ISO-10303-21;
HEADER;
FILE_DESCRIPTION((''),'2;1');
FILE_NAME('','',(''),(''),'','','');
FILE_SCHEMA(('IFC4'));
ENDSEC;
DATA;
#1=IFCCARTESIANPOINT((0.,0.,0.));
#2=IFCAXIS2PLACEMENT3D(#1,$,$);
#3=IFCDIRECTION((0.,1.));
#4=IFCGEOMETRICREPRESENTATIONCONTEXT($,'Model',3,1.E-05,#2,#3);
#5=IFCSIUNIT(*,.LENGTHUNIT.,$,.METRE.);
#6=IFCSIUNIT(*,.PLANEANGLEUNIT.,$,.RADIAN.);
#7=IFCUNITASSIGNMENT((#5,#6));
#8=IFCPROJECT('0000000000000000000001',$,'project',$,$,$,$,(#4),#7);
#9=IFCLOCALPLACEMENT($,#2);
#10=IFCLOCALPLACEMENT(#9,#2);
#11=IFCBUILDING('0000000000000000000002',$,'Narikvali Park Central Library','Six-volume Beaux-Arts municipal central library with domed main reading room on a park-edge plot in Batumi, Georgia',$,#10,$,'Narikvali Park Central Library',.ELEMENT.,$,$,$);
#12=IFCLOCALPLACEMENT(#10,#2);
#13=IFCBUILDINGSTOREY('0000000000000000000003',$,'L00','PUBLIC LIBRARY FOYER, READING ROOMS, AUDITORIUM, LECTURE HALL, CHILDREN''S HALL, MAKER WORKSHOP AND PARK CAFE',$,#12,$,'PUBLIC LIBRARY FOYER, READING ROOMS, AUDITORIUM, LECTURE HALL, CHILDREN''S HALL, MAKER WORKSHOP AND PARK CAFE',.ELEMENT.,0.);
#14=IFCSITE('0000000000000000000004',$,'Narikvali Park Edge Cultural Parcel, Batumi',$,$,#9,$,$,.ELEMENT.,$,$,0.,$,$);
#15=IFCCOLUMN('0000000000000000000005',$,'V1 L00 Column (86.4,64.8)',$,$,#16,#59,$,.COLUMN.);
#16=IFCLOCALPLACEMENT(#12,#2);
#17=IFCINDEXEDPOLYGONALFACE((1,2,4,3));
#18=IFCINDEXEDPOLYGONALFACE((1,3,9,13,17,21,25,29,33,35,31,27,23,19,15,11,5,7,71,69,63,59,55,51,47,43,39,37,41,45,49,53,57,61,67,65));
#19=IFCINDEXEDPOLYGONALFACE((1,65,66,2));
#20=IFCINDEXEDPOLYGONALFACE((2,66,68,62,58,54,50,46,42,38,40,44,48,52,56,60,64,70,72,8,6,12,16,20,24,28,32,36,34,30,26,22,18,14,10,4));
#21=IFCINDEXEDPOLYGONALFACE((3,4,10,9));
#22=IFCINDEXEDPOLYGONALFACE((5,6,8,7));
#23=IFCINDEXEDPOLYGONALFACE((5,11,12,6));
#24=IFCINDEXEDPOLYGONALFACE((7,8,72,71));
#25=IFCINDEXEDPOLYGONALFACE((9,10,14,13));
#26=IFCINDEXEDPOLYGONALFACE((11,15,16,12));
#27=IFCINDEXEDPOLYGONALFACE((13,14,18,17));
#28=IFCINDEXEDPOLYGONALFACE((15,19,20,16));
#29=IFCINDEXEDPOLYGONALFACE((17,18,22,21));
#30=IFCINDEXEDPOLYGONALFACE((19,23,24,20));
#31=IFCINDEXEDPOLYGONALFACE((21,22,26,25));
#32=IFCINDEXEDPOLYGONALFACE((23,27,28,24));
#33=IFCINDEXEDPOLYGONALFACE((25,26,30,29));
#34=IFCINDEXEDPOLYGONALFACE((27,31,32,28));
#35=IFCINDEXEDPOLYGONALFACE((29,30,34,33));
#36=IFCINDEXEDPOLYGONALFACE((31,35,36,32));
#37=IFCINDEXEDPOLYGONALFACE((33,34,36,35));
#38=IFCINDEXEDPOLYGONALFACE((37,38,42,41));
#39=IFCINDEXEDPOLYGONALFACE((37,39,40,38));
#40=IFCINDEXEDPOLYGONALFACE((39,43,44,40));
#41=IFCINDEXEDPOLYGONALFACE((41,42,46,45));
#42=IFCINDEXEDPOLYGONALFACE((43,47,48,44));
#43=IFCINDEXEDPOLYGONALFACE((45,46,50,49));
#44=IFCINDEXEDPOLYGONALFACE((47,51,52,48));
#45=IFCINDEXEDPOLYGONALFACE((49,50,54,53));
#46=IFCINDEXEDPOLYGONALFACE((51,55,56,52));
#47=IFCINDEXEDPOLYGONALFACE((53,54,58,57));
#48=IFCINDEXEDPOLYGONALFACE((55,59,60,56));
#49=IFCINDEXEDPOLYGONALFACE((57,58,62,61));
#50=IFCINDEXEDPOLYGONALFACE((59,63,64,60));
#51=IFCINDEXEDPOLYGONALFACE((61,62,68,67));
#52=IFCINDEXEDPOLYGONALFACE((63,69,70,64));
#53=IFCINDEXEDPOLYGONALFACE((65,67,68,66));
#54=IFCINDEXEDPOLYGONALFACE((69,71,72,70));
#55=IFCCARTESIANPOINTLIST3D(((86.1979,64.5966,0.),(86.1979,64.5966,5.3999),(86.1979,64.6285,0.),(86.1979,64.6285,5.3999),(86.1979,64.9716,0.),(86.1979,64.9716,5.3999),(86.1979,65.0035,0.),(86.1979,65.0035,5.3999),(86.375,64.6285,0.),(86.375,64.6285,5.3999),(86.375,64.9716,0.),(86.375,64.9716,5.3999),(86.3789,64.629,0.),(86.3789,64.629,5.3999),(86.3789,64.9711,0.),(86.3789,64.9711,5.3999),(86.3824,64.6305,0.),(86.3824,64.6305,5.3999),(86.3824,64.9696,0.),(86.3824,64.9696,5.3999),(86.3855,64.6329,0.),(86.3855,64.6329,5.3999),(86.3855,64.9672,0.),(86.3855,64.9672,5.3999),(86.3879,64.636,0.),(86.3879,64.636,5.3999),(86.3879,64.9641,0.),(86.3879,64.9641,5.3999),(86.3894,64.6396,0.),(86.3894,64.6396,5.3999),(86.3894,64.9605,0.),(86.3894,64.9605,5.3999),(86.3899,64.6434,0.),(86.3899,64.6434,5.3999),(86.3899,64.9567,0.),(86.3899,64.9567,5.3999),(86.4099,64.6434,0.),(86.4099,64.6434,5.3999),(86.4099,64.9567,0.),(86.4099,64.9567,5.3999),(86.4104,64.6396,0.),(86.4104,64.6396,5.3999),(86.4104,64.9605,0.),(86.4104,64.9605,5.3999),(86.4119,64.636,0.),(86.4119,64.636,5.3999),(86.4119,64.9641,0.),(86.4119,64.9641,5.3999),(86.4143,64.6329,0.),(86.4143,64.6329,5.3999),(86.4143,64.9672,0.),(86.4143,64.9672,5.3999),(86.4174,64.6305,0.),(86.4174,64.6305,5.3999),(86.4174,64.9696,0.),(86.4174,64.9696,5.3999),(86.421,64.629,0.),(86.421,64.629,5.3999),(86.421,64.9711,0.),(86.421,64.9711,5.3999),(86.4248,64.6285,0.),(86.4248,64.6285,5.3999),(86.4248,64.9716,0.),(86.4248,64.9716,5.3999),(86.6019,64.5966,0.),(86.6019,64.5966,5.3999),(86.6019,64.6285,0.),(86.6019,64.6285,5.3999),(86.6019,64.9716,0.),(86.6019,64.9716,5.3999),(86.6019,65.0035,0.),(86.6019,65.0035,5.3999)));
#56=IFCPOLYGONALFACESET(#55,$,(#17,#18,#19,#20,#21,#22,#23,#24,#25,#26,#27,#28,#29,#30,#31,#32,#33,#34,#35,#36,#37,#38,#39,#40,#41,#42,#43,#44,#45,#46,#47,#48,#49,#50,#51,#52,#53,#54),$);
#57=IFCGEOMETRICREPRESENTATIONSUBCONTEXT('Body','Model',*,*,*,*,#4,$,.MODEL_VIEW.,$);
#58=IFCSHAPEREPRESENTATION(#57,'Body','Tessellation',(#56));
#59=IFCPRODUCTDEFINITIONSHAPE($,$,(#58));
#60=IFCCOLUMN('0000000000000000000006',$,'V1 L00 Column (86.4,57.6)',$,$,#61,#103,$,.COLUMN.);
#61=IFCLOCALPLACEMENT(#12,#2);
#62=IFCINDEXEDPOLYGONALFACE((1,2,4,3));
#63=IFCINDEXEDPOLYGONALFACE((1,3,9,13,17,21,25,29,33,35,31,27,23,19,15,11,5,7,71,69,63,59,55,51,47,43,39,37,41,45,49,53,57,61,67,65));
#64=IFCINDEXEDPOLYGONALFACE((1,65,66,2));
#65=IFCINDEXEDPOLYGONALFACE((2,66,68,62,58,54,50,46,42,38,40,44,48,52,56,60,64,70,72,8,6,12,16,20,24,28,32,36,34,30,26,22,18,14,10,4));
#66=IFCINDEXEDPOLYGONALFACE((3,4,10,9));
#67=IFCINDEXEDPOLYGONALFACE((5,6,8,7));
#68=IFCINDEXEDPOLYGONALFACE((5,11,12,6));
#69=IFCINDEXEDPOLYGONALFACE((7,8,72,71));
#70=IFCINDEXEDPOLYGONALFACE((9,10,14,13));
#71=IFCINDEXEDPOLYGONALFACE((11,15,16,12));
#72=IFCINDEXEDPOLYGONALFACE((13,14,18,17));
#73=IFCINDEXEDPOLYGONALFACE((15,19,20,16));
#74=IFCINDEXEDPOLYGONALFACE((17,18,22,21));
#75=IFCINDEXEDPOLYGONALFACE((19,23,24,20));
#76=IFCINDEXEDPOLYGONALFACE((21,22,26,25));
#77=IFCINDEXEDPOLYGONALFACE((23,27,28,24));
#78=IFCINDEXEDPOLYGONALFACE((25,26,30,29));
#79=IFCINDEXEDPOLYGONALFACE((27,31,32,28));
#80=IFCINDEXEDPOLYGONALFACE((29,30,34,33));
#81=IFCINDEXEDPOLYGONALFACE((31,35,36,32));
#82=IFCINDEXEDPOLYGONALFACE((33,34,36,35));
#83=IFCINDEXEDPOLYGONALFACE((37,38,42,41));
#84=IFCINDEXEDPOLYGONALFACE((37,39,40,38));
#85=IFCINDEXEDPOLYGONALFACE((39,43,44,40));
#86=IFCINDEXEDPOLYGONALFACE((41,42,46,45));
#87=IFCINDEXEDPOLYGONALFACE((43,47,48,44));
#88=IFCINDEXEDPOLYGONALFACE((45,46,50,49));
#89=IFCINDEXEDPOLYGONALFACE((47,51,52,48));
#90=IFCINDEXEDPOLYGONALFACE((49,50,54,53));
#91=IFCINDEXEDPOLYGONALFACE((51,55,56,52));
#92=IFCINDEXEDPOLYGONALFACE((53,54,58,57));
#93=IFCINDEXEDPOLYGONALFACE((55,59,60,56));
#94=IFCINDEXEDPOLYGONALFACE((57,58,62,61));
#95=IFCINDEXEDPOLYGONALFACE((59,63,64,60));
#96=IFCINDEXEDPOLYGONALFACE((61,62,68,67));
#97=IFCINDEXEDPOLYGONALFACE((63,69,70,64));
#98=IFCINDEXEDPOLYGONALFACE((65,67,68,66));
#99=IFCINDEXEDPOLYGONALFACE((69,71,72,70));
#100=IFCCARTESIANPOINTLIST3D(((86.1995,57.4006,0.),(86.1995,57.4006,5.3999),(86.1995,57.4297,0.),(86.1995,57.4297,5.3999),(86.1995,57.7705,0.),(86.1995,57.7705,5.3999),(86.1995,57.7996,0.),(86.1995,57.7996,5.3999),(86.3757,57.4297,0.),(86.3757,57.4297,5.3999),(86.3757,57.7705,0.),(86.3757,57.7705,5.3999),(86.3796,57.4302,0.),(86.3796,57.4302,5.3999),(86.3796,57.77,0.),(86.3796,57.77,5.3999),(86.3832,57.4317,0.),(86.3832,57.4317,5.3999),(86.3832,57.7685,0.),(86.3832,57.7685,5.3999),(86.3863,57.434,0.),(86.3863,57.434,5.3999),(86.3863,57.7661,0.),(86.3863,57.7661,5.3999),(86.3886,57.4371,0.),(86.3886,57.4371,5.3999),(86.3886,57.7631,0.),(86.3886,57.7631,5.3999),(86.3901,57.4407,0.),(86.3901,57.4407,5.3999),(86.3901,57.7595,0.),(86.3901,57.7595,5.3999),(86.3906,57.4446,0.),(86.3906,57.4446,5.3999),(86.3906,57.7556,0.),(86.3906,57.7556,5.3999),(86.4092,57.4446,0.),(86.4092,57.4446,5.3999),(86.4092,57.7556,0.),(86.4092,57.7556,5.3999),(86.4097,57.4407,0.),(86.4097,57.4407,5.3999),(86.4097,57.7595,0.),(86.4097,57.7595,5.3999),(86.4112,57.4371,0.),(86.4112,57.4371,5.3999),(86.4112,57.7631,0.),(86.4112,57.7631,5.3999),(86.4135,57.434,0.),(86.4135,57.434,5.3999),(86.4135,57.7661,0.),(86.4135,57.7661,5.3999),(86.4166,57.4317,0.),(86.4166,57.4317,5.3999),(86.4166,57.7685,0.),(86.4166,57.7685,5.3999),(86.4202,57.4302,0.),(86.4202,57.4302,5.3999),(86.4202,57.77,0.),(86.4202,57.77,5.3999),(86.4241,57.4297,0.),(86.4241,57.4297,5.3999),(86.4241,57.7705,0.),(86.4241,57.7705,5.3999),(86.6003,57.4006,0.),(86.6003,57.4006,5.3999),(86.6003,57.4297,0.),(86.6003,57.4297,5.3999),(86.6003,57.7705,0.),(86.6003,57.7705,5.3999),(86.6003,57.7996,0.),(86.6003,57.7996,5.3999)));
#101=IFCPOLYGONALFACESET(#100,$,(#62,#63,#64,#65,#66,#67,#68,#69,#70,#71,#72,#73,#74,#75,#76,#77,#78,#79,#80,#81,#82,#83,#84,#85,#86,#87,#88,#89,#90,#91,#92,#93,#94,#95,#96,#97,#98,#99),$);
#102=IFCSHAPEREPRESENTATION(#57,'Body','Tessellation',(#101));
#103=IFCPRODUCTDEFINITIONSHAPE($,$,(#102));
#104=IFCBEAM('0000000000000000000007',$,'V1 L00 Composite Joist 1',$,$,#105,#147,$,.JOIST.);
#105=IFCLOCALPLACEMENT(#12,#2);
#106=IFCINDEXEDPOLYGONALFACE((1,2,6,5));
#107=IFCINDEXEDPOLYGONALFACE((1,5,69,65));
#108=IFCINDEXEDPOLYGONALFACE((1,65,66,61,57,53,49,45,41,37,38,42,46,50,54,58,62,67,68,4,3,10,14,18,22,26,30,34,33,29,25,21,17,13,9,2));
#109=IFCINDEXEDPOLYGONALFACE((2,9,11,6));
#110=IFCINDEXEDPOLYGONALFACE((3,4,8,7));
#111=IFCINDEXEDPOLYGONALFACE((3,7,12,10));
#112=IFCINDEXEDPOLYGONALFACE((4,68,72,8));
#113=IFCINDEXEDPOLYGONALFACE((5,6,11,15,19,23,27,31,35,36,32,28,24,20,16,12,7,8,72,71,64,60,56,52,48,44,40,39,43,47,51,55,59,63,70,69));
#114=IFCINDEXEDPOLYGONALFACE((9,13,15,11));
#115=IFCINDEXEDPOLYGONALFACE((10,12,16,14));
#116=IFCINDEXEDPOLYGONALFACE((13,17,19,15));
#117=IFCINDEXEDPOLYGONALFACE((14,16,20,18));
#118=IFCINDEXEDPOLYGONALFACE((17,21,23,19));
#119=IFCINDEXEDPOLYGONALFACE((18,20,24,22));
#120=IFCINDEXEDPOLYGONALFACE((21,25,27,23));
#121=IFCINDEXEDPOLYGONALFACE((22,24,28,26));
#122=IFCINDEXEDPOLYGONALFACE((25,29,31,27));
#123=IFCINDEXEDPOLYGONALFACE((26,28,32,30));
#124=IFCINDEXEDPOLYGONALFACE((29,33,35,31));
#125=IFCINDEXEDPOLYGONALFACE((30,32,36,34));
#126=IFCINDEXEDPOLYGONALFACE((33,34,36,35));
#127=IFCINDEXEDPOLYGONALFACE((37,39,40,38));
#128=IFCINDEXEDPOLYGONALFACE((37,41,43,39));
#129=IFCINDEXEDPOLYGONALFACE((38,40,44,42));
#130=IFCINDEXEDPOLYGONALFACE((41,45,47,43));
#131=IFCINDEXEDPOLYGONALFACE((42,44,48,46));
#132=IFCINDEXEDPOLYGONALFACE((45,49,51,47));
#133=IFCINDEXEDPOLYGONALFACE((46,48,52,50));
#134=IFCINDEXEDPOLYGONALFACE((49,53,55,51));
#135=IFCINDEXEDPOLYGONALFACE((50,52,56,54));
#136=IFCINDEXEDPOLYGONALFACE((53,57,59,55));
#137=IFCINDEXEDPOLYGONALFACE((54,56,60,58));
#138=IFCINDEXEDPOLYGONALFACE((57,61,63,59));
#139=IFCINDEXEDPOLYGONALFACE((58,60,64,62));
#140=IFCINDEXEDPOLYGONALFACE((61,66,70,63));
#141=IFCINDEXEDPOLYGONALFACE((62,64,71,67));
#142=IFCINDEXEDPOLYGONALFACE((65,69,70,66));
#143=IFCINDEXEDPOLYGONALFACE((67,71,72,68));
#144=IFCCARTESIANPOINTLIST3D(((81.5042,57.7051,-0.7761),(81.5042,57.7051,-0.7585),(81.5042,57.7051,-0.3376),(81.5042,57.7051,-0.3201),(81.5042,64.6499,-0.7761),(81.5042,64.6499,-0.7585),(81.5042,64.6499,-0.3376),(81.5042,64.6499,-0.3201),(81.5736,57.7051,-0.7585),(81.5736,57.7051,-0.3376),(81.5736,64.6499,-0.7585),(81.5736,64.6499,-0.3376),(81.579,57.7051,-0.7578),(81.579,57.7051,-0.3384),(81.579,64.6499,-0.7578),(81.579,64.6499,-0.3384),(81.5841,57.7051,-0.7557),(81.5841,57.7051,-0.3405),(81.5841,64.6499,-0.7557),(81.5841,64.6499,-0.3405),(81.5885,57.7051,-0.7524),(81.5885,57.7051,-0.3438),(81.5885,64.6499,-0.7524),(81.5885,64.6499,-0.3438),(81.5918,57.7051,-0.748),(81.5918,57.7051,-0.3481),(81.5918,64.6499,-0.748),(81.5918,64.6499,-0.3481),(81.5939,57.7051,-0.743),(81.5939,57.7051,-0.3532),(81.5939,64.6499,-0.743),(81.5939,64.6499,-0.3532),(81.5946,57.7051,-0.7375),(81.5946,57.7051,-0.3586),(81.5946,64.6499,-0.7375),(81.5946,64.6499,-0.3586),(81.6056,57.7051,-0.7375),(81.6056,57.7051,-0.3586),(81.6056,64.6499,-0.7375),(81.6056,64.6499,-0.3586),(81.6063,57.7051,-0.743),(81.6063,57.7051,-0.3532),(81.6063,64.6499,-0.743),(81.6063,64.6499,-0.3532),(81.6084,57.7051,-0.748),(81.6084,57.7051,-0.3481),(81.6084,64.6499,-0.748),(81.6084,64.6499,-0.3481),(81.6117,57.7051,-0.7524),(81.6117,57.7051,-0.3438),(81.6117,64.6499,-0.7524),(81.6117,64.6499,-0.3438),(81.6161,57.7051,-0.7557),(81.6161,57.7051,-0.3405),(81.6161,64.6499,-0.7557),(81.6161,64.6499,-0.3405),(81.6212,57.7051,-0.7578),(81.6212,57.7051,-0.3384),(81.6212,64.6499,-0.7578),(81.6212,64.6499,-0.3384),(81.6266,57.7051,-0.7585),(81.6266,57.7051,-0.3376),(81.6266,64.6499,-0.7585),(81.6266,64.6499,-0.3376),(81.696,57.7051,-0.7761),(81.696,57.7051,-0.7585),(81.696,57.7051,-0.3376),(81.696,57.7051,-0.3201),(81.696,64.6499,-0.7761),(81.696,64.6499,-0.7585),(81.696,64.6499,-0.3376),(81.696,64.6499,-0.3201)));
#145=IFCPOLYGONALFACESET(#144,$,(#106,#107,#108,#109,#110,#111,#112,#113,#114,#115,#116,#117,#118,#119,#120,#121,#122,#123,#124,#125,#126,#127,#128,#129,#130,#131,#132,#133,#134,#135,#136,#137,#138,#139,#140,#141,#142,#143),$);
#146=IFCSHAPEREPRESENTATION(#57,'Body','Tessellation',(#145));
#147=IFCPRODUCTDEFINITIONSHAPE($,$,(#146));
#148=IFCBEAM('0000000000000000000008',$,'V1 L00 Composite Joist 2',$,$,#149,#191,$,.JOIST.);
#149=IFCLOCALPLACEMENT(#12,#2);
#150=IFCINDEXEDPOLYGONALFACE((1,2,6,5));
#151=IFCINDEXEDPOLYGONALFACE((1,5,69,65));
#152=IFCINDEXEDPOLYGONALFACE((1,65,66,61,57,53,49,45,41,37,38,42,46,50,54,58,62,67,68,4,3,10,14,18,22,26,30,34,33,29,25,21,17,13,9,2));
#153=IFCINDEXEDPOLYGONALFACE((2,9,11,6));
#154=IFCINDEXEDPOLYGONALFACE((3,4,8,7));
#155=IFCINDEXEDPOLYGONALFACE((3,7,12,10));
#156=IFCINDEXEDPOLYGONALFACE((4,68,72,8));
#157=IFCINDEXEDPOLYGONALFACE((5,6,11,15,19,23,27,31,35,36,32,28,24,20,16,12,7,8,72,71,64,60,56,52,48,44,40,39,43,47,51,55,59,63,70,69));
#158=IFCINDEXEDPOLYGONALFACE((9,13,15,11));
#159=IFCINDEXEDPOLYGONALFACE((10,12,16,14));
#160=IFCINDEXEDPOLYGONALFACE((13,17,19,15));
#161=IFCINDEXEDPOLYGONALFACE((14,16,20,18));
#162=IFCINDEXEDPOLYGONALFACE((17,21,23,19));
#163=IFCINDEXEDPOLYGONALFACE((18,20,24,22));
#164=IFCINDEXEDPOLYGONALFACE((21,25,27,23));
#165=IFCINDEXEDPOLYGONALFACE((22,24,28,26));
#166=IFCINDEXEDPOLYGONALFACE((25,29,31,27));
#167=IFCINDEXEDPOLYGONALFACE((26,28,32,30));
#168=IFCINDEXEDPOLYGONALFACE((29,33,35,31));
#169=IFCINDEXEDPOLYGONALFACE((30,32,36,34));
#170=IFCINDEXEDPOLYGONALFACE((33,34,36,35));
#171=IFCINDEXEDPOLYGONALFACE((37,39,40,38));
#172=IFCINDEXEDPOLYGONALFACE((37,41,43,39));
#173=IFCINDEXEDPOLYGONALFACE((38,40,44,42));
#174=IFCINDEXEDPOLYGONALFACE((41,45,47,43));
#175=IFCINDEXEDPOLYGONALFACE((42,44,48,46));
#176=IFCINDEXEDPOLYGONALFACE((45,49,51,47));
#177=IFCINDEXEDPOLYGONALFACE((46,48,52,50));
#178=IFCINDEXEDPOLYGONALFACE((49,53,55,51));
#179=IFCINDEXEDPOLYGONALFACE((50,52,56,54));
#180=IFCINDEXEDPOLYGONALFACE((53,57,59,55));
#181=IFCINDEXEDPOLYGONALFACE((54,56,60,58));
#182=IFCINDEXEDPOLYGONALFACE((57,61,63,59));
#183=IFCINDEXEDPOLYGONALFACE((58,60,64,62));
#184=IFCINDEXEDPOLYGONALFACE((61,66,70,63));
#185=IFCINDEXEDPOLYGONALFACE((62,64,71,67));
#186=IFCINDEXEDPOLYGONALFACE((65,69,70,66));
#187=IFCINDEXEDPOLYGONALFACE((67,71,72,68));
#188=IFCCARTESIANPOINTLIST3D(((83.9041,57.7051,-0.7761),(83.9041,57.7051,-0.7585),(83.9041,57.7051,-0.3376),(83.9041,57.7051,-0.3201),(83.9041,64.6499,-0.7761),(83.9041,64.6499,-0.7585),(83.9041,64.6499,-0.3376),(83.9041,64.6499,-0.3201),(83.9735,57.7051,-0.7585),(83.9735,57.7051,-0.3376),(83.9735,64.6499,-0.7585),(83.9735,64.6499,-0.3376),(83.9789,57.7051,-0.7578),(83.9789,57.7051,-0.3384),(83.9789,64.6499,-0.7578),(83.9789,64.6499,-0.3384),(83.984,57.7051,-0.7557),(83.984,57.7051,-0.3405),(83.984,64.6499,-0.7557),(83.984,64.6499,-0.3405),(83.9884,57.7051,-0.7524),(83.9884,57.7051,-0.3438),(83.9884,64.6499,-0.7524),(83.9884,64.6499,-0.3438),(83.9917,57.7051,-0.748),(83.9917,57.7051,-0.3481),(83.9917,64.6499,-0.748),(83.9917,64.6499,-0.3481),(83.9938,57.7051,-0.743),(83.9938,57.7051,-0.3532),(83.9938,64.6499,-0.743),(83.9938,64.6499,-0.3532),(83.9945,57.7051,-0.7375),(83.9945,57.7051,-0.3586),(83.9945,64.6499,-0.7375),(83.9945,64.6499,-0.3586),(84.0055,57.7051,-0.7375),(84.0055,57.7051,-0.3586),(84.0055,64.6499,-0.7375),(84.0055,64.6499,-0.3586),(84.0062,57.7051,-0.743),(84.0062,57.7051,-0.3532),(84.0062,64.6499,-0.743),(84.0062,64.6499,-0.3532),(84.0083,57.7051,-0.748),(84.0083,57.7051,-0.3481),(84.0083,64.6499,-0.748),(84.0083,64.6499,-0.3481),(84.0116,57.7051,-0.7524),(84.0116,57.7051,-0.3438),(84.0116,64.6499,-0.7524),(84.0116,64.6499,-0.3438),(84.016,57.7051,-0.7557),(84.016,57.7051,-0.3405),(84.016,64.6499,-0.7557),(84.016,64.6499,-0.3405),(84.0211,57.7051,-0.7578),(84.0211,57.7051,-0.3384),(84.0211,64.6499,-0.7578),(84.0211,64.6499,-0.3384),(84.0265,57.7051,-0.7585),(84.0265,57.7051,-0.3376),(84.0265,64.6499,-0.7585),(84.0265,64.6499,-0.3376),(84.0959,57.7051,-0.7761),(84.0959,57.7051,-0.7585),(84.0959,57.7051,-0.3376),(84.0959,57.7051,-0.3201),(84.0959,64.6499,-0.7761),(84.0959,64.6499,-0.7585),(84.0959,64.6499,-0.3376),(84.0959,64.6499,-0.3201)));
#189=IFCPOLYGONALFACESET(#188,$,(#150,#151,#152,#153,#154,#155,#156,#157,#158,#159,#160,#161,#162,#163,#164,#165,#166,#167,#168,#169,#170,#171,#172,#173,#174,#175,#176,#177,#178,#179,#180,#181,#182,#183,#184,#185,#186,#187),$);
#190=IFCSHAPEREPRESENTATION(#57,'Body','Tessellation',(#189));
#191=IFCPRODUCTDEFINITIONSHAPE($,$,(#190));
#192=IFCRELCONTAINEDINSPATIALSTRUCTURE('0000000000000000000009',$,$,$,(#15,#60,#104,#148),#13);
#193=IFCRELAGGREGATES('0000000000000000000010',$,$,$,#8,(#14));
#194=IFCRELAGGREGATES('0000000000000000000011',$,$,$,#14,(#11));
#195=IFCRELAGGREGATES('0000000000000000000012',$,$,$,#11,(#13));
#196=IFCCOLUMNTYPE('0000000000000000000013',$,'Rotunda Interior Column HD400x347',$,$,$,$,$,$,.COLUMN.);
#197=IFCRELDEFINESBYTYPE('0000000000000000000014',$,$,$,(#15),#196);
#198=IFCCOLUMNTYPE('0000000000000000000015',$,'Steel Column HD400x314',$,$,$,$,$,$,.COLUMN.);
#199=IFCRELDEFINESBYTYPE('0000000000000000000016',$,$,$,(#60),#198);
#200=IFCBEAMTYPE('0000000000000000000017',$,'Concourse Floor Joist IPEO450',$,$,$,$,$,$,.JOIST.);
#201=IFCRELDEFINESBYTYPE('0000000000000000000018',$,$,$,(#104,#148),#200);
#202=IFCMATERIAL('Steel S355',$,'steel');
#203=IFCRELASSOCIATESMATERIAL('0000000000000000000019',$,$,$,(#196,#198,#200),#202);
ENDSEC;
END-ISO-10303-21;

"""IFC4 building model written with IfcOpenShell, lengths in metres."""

from ifc_helpers import new_model, si_unit, direction, frame, origin, origin_2d, place, context, subcontext, project, spatial, i_section, extrude, material, material_profile, profile_set, type_object, element, save


model = new_model("IFC4")

# Units and contexts
model_context = context("Model", 3, precision=1e-05, world=origin(), true_north=direction((0.0, 1.0)))
body_context = subcontext(model_context, "Body", "Model", "MODEL_VIEW")
ifc_project = project(units=[si_unit("LENGTHUNIT", "METRE"), si_unit("PLANEANGLEUNIT", "RADIAN")], contexts=[model_context])

# Site, building, storey
site_placement = place(None, origin())
site = spatial("IfcSite", under=ifc_project, at=site_placement, Name="Narikvali Park Edge Cultural Parcel, Batumi", CompositionType="ELEMENT", RefElevation=0.0)
building_placement = place(site_placement, origin())
building = spatial("IfcBuilding", under=site, at=building_placement, Name="Narikvali Park Central Library", Description="Six-volume Beaux-Arts municipal central library with domed main reading room on a park-edge plot in Batumi, Georgia", LongName="Narikvali Park Central Library", CompositionType="ELEMENT")
storey_placement = place(building_placement, origin())
storey = spatial("IfcBuildingStorey", under=building, at=storey_placement, Name="L00", Description="PUBLIC LIBRARY FOYER, READING ROOMS, AUDITORIUM, LECTURE HALL, CHILDREN'S HALL, MAKER WORKSHOP AND PARK CAFE", LongName="PUBLIC LIBRARY FOYER, READING ROOMS, AUDITORIUM, LECTURE HALL, CHILDREN'S HALL, MAKER WORKSHOP AND PARK CAFE", CompositionType="ELEMENT", Elevation=0.0)

# Columns
ifc_material_1 = material(Name="Steel S355", Category="steel")
ifc_material_profile_1 = material_profile(ifc_material_1, i_section(OverallWidth=0.4041, OverallDepth=0.407, WebThickness=0.02, FlangeThickness=0.032, FilletRadius=0.0149, at=origin_2d()), Name="HD 400x347")
ifc_profile_set_1 = profile_set([ifc_material_profile_1], Name="Steel S355")
column_type_1 = type_object("IfcColumnType", Name="Rotunda Interior Column HD400x347", PredefinedType="COLUMN", material=ifc_profile_set_1)
column_1_placement = place(storey_placement, frame((86.3999, 64.8, 0.0), z_axis=(0.0, 0.0, 1.0), x_axis=(1.0, 0.0, 0.0)))
element("IfcColumn", 1, at=column_1_placement, inside=storey, type_object=column_type_1, Name="V1 L00 Column (86.4,64.8)", PredefinedType="COLUMN", context=body_context, shape_type="SweptSolid", body=[
    extrude(i_section(OverallWidth=0.4041, OverallDepth=0.407, WebThickness=0.02, FlangeThickness=0.032, FilletRadius=0.0149, at=origin_2d()), origin(), (0.0, 0.0, 1.0), 5.3999),
])
ifc_material_profile_2 = material_profile(ifc_material_1, i_section(OverallWidth=0.4009, OverallDepth=0.3989, WebThickness=0.0186, FlangeThickness=0.0291, FilletRadius=0.0149, at=origin_2d()), Name="HD 400x314")
ifc_profile_set_2 = profile_set([ifc_material_profile_2], Name="Steel S355")
column_type_2 = type_object("IfcColumnType", Name="Steel Column HD400x314", PredefinedType="COLUMN", material=ifc_profile_set_2)
column_2_placement = place(storey_placement, frame((86.3999, 57.6001, 0.0), z_axis=(0.0, 0.0, 1.0), x_axis=(1.0, 0.0, 0.0)))
element("IfcColumn", 2, at=column_2_placement, inside=storey, type_object=column_type_2, Name="V1 L00 Column (86.4,57.6)", PredefinedType="COLUMN", context=body_context, shape_type="SweptSolid", body=[
    extrude(i_section(OverallWidth=0.4009, OverallDepth=0.3989, WebThickness=0.0186, FlangeThickness=0.0291, FilletRadius=0.0149, at=origin_2d()), origin(), (0.0, 0.0, 1.0), 5.3999),
])

# Beams
ifc_material_profile_3 = material_profile(ifc_material_1, i_section(OverallWidth=0.1919, OverallDepth=0.4561, WebThickness=0.011, FlangeThickness=0.0176, FilletRadius=0.021, at=origin_2d()), Name="IPEO 450")
ifc_profile_set_3 = profile_set([ifc_material_profile_3], Name="Steel S355")
beam_type_1 = type_object("IfcBeamType", Name="Concourse Floor Joist IPEO450", PredefinedType="JOIST", material=ifc_profile_set_3)
for number, where, z_axis, x_axis, name in (
    (3, (81.6001, 57.7051, -0.5481), (0.0, 1.0, 0.0), (-1.0, 0.0, 0.0), "V1 L00 Composite Joist 1"),
    (4, (84.0, 57.7051, -0.5481), (0.0, 1.0, 0.0), (-1.0, 0.0, 0.0), "V1 L00 Composite Joist 2"),
):
    element("IfcBeam", number, at=place(storey_placement, frame(where, z_axis=z_axis, x_axis=x_axis)), inside=storey, type_object=beam_type_1, Name=name, PredefinedType="JOIST", context=body_context, shape_type="SweptSolid", body=[
        extrude(i_section(OverallWidth=0.1919, OverallDepth=0.4561, WebThickness=0.011, FlangeThickness=0.0176, FilletRadius=0.021, at=origin_2d()), origin(), (0.0, 0.0, 1.0), 6.9448),
    ])

save(model, "model.ifc")
